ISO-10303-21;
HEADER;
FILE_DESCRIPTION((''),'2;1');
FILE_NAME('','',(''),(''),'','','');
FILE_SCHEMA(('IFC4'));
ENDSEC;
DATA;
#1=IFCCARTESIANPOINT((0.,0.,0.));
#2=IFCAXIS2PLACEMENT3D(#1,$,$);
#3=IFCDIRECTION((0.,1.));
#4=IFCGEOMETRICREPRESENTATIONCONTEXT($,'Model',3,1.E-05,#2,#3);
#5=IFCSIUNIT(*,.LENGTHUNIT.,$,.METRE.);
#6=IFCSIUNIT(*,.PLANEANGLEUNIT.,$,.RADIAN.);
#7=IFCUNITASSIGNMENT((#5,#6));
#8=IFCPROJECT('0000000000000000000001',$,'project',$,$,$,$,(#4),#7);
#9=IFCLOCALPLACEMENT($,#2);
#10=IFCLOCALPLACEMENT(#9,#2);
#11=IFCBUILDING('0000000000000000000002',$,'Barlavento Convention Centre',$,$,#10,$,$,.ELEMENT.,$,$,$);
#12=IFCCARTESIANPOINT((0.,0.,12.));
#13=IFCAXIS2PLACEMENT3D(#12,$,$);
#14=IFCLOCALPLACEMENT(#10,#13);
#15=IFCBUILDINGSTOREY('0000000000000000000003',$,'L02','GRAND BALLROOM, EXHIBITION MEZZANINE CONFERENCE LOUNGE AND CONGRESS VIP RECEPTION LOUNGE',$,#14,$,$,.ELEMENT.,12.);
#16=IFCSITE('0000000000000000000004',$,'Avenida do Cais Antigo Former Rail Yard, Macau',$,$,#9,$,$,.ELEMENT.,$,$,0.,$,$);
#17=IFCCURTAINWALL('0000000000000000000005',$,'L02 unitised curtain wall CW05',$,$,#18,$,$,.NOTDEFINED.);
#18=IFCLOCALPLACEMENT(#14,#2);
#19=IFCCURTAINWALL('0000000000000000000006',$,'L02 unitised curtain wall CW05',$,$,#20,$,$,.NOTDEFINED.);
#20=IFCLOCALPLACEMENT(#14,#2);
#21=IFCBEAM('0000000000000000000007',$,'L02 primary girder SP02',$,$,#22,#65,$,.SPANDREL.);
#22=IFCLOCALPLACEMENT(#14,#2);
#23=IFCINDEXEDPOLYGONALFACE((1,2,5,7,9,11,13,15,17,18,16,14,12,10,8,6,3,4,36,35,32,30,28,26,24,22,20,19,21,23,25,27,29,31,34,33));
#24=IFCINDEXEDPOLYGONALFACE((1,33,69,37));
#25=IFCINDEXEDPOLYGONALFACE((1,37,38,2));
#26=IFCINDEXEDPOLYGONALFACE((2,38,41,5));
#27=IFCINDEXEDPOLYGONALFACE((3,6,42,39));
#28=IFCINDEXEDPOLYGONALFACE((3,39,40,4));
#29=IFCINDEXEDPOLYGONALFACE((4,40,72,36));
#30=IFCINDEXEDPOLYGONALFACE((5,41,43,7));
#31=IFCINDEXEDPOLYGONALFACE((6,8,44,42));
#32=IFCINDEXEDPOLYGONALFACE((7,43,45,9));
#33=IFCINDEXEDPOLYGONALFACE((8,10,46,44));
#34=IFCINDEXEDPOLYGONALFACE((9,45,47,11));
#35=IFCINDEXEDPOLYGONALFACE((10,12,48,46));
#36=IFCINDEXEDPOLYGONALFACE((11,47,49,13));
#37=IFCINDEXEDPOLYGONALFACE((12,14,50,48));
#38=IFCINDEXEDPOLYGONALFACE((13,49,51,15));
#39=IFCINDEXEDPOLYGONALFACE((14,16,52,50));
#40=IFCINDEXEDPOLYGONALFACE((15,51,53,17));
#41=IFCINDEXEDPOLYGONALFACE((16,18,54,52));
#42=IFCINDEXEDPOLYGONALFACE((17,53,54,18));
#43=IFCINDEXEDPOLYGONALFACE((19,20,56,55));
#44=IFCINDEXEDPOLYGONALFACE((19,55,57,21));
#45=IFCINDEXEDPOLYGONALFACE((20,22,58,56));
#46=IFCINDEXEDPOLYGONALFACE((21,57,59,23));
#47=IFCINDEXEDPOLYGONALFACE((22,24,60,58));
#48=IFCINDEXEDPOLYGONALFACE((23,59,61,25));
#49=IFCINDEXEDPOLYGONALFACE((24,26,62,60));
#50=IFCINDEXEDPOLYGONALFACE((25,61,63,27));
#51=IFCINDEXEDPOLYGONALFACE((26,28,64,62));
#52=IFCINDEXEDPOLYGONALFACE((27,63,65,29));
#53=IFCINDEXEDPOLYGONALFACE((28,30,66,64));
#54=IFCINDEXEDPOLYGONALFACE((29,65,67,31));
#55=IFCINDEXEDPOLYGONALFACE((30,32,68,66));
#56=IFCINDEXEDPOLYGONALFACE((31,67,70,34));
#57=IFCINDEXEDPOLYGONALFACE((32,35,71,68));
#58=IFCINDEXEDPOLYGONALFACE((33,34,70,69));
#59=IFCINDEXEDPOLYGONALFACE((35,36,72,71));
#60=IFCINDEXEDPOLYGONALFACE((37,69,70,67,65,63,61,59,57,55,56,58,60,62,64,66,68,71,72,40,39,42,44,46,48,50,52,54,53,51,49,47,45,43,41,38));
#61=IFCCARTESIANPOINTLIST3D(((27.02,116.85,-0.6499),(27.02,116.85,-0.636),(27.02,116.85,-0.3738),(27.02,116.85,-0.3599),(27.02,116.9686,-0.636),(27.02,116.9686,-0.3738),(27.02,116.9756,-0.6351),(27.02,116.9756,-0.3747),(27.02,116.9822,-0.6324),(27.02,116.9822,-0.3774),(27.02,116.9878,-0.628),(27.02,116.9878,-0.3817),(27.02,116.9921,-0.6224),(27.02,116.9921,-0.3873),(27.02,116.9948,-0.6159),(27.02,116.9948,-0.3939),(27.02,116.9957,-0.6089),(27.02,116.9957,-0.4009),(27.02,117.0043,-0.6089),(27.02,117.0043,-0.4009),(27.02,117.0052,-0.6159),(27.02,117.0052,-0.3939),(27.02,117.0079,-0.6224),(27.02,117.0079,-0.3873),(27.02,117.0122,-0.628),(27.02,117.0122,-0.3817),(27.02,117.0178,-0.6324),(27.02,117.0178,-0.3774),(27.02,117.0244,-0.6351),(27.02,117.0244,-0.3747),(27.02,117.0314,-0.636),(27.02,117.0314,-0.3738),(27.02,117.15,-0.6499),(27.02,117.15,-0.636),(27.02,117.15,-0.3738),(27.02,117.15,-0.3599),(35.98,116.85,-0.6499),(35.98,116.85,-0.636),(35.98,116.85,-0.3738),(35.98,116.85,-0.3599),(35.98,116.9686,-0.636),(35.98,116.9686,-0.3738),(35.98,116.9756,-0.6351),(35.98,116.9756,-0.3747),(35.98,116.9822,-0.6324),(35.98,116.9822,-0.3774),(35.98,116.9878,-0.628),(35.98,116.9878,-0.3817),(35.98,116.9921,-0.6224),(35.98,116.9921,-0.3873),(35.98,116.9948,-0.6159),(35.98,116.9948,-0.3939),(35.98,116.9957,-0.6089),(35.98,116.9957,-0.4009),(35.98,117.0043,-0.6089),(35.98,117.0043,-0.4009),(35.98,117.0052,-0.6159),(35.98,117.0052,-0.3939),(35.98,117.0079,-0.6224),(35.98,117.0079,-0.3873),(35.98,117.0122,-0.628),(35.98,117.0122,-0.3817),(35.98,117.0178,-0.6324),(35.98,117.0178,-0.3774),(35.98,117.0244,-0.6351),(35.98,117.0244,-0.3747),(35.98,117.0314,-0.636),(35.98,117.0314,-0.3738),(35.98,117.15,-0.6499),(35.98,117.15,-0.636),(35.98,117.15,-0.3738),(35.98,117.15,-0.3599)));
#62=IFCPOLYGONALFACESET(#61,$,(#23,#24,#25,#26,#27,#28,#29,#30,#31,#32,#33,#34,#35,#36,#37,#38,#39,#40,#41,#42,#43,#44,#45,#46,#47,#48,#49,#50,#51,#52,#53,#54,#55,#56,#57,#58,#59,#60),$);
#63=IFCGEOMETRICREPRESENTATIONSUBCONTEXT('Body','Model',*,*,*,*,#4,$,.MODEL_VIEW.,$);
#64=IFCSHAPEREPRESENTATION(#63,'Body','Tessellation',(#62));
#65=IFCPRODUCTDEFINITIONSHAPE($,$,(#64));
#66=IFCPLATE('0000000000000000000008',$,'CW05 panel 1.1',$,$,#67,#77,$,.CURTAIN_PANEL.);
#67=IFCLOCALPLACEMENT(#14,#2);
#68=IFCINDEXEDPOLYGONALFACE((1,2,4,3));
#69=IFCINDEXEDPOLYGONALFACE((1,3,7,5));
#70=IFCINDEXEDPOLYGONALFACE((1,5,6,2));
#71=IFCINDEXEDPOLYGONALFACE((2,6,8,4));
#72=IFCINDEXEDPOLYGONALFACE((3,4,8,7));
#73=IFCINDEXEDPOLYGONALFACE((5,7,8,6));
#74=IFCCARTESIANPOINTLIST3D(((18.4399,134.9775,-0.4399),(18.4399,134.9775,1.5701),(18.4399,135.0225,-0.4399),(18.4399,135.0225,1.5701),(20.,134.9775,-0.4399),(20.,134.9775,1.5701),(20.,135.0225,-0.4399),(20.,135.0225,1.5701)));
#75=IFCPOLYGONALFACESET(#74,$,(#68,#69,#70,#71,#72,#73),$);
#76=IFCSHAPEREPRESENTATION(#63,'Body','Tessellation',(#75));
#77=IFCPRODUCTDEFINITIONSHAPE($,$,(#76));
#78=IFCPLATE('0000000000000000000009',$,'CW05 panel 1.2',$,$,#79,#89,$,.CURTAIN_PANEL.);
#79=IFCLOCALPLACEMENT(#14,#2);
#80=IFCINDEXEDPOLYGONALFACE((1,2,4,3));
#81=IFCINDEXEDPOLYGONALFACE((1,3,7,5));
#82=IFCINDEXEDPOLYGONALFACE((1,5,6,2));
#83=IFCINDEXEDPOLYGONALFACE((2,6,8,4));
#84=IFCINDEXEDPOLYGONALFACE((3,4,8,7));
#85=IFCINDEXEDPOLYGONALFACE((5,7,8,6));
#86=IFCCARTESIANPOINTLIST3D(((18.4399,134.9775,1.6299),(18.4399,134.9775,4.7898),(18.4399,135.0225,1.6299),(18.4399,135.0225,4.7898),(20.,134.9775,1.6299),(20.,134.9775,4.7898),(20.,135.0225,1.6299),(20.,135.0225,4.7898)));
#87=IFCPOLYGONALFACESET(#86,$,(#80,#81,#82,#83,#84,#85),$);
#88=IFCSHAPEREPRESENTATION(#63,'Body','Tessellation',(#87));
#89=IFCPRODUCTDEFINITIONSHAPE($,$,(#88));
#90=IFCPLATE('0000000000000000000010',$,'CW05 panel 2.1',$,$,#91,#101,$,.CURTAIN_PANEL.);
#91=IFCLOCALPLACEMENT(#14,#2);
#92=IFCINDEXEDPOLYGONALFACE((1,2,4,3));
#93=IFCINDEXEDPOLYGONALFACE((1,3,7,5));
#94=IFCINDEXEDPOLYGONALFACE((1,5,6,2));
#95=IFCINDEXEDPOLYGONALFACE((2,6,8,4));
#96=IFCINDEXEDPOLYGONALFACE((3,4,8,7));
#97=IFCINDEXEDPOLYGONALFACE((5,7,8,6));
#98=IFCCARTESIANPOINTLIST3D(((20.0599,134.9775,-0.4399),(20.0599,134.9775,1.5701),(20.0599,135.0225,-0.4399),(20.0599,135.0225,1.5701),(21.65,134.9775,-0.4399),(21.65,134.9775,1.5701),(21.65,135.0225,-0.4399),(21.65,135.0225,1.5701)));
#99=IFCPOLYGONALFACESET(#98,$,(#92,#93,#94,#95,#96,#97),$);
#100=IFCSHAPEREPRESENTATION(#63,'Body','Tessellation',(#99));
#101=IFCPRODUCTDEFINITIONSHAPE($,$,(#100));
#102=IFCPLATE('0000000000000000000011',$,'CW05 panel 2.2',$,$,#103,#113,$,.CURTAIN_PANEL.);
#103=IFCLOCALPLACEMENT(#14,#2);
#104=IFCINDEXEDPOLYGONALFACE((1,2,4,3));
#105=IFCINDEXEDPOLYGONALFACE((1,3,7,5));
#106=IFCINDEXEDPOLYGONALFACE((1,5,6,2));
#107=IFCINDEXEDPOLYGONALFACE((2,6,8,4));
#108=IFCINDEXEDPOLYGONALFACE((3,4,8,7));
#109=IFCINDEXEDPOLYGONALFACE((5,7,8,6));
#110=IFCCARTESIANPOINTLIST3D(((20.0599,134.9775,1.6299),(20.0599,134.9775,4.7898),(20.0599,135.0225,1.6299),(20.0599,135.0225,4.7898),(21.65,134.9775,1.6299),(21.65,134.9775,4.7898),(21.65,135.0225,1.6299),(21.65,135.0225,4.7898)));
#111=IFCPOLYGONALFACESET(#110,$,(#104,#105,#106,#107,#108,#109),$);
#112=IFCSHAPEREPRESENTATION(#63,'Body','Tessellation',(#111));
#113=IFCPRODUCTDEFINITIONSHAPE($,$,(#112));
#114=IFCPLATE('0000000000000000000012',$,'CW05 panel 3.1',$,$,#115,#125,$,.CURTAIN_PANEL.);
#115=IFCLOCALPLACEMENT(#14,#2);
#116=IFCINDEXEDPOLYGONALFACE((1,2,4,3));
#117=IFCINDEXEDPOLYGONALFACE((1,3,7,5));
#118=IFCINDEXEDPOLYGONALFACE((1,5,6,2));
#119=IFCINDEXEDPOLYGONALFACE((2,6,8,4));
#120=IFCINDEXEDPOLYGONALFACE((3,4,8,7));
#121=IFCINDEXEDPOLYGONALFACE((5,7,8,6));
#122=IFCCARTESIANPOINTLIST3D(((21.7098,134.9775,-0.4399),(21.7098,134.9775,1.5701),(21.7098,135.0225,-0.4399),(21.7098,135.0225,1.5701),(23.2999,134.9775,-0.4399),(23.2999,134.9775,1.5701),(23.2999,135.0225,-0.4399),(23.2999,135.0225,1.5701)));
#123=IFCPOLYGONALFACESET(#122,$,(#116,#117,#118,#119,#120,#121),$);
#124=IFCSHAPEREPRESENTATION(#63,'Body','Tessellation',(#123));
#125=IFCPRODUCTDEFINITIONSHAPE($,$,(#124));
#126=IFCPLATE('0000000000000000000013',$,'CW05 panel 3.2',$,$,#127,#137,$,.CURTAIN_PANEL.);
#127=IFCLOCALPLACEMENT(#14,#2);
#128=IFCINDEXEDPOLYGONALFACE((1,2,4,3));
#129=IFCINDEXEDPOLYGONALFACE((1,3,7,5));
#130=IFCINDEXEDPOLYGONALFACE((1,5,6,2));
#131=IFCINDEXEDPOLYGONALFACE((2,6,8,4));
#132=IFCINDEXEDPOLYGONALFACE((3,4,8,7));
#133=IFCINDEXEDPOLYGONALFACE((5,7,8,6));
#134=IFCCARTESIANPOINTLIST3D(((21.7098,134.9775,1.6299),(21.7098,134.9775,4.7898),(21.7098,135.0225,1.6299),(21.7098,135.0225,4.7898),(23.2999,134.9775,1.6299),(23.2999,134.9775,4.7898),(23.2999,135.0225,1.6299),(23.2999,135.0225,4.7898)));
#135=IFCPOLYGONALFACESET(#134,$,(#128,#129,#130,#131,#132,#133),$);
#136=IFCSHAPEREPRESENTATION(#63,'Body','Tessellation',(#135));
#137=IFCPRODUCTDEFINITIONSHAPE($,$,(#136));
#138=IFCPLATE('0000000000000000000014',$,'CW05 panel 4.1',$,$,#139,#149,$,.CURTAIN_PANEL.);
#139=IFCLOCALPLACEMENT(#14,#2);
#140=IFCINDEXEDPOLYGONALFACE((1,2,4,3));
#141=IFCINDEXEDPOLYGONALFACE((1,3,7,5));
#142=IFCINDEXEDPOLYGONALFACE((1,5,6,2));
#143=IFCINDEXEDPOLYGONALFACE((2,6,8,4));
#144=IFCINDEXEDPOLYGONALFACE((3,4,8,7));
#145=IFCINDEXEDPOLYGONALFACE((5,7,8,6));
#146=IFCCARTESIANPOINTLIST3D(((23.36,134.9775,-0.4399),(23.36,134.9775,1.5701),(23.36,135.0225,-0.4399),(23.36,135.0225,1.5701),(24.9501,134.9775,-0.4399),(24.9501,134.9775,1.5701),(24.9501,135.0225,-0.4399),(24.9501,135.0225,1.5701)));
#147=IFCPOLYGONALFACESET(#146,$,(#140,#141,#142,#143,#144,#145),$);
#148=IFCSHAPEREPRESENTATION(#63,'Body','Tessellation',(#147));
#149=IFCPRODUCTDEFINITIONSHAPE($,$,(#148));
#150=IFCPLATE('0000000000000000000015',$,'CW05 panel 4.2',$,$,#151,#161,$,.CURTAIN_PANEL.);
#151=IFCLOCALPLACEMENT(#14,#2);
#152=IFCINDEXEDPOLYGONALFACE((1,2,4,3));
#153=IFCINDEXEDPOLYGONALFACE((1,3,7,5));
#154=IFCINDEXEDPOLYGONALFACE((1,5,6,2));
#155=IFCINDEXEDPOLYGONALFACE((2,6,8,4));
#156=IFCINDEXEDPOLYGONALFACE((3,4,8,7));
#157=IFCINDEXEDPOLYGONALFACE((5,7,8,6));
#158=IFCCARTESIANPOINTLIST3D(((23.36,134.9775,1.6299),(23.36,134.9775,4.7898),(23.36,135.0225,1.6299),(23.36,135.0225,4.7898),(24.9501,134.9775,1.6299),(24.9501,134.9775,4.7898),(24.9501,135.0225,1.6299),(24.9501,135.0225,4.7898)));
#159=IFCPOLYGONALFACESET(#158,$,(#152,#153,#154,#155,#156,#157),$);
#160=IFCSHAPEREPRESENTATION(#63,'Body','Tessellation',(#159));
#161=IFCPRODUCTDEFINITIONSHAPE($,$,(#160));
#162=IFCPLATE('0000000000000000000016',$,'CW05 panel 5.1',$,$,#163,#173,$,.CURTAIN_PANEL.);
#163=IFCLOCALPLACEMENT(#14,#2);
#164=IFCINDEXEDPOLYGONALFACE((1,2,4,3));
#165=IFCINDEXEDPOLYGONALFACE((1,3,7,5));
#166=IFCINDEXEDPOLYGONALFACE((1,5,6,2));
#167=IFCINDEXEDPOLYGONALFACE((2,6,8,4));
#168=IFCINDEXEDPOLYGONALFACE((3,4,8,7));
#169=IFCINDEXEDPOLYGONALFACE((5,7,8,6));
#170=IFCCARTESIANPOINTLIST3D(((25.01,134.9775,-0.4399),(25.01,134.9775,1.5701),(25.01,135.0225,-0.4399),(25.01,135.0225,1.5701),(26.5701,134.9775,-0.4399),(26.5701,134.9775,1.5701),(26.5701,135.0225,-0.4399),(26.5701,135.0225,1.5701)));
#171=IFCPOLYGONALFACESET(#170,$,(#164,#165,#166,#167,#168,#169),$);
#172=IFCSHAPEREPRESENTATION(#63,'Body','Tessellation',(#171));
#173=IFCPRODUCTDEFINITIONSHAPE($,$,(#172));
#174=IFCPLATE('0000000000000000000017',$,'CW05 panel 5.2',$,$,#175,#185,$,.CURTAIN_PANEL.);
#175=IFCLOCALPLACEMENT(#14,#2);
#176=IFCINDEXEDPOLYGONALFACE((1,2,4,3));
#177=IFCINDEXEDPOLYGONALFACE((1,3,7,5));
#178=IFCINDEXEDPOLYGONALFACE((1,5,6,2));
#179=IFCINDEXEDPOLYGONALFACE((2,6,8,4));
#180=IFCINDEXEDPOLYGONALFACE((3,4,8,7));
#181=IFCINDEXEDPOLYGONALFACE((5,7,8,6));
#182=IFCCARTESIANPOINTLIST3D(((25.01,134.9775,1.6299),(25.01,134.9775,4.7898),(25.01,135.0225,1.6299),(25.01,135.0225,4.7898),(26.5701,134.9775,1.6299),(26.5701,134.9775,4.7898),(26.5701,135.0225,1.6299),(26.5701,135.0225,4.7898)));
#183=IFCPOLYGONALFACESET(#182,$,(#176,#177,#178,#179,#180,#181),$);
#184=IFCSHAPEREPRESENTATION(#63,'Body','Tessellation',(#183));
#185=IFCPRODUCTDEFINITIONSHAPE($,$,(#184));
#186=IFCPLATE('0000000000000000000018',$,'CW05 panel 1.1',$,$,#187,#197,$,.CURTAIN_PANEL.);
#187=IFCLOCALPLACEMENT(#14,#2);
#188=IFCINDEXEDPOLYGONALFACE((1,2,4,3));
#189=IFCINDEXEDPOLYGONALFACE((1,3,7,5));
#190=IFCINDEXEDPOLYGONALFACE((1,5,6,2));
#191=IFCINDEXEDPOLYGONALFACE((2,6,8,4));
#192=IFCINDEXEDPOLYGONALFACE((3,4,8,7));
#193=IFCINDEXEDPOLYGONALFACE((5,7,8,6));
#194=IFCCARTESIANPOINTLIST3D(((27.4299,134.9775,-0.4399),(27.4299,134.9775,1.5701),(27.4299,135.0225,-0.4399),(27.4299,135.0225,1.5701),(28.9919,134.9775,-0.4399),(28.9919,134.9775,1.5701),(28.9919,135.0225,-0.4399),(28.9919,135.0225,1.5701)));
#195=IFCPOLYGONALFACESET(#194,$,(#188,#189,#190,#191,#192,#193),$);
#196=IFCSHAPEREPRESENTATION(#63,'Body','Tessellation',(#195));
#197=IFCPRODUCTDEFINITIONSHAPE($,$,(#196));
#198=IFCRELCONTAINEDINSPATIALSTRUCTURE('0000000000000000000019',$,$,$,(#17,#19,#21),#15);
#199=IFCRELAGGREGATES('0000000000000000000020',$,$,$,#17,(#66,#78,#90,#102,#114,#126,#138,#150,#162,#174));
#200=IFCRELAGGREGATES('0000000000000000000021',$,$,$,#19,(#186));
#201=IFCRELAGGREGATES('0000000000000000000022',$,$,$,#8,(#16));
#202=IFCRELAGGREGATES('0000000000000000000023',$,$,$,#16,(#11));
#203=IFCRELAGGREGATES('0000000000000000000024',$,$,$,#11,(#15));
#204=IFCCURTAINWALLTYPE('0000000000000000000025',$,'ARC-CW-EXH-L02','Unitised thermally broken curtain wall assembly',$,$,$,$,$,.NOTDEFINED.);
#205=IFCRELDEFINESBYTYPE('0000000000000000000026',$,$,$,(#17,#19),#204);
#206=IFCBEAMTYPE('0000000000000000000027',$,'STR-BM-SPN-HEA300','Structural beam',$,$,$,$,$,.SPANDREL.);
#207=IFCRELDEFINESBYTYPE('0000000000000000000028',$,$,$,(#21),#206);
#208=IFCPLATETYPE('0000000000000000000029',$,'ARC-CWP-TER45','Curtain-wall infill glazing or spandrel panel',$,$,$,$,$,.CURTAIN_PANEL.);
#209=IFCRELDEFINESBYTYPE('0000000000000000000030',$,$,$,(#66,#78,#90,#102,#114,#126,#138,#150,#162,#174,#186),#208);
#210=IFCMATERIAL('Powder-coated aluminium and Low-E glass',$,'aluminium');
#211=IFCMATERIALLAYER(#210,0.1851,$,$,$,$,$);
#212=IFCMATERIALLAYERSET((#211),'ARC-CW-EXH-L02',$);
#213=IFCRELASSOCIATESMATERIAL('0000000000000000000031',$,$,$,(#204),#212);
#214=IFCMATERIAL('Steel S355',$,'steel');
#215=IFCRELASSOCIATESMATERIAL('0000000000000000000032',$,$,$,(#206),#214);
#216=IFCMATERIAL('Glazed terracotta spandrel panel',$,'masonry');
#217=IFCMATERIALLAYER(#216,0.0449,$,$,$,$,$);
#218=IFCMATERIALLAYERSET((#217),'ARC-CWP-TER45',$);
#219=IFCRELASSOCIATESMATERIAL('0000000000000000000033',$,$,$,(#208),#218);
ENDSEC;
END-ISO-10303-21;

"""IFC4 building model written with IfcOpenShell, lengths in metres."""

from ifc_helpers import new_model, si_unit, direction, frame, origin, origin_2d, place, context, subcontext, project, spatial, rectangle, i_section, extrude, material, layer, layer_set, material_profile, profile_set, type_object, element, aggregate, save


model = new_model("IFC4")

# Units and contexts
model_context = context("Model", 3, precision=1e-05, world=origin(), true_north=direction((0.0, 1.0)))
body_context = subcontext(model_context, "Body", "Model", "MODEL_VIEW")
ifc_project = project(units=[si_unit("LENGTHUNIT", "METRE"), si_unit("PLANEANGLEUNIT", "RADIAN")], contexts=[model_context])

# Site, building, storey
site_placement = place(None, origin())
site = spatial("IfcSite", under=ifc_project, at=site_placement, Name="Avenida do Cais Antigo Former Rail Yard, Macau", CompositionType="ELEMENT", RefElevation=0.0)
building_placement = place(site_placement, origin())
building = spatial("IfcBuilding", under=site, at=building_placement, Name="Barlavento Convention Centre", CompositionType="ELEMENT")
storey_placement = place(building_placement, frame((0.0, 0.0, 12.0)))
storey = spatial("IfcBuildingStorey", under=building, at=storey_placement, Name="L02", Description="GRAND BALLROOM, EXHIBITION MEZZANINE CONFERENCE LOUNGE AND CONGRESS VIP RECEPTION LOUNGE", CompositionType="ELEMENT", Elevation=12.0)

# Shared definitions
ifc_material_1 = material(Name="Steel S355", Category="steel")

# Curtain walls
ifc_material_2 = material(Name="Powder-coated aluminium and Low-E glass", Category="aluminium")
ifc_layer_1 = layer(ifc_material_2, 0.1851)
ifc_layer_set_1 = layer_set([ifc_layer_1], Name="ARC-CW-EXH-L02")
curtain_wall_type = type_object("IfcCurtainWallType", Name="ARC-CW-EXH-L02", Description="Unitised thermally broken curtain wall assembly", PredefinedType="NOTDEFINED", material=ifc_layer_set_1)
curtain_wall_1_placement = place(storey_placement, origin())
curtain_wall_1 = element("IfcCurtainWall", 1, at=curtain_wall_1_placement, inside=storey, type_object=curtain_wall_type, Name="L02 unitised curtain wall CW05", PredefinedType="NOTDEFINED")
curtain_wall_2_placement = place(storey_placement, origin())
curtain_wall_2 = element("IfcCurtainWall", 2, at=curtain_wall_2_placement, inside=storey, type_object=curtain_wall_type, Name="L02 unitised curtain wall CW05", PredefinedType="NOTDEFINED")

# Beam
ifc_material_profile_1 = material_profile(ifc_material_1, i_section(OverallWidth=0.3, OverallDepth=0.29, WebThickness=0.0085, FlangeThickness=0.0139, FilletRadius=0.0271, at=origin_2d()), Name="HEA 300")
ifc_profile_set_1 = profile_set([ifc_material_profile_1], Name="Steel S355")
beam_type_1 = type_object("IfcBeamType", Name="STR-BM-SPN-HEA300", Description="Structural beam", PredefinedType="SPANDREL", material=ifc_profile_set_1)
beam_1_placement = place(storey_placement, frame((27.02, 117.0, -0.5049), z_axis=(1.0, 0.0, 0.0), x_axis=(0.0, 1.0, 0.0)))
element("IfcBeam", 3, at=beam_1_placement, inside=storey, type_object=beam_type_1, Name="L02 primary girder SP02", PredefinedType="SPANDREL", context=body_context, shape_type="SweptSolid", body=[
    extrude(i_section(OverallWidth=0.3, OverallDepth=0.29, WebThickness=0.0085, FlangeThickness=0.0139, FilletRadius=0.0271, at=origin_2d()), origin(), (0.0, 0.0, 1.0), 8.96),
])

# Plates
ifc_material_3 = material(Name="Glazed terracotta spandrel panel", Category="masonry")
ifc_layer_2 = layer(ifc_material_3, 0.0449)
ifc_layer_set_2 = layer_set([ifc_layer_2], Name="ARC-CWP-TER45")
plate_type = type_object("IfcPlateType", Name="ARC-CWP-TER45", Description="Curtain-wall infill glazing or spandrel panel", PredefinedType="CURTAIN_PANEL", material=ifc_layer_set_2)
plate_1_placement = place(storey_placement, frame((19.22, 135.0, -0.4399), z_axis=(0.0, 0.0, 1.0), x_axis=(1.0, 0.0, 0.0)))
plate_1 = element("IfcPlate", 4, at=plate_1_placement, type_object=plate_type, Name="CW05 panel 1.1", PredefinedType="CURTAIN_PANEL", context=body_context, shape_type="SweptSolid", body=[
    extrude(rectangle(XDim=1.5601, YDim=0.0449, at=origin_2d()), origin(), (0.0, 0.0, 1.0), 2.01),
])
plate_2_placement = place(storey_placement, frame((19.22, 135.0, 1.6299), z_axis=(0.0, 0.0, 1.0), x_axis=(1.0, 0.0, 0.0)))
plate_2 = element("IfcPlate", 5, at=plate_2_placement, type_object=plate_type, Name="CW05 panel 1.2", PredefinedType="CURTAIN_PANEL", context=body_context, shape_type="SweptSolid", body=[
    extrude(rectangle(XDim=1.5601, YDim=0.0449, at=origin_2d()), origin(), (0.0, 0.0, 1.0), 3.1599),
])
plate_3_placement = place(storey_placement, frame((20.855, 135.0, -0.4399), z_axis=(0.0, 0.0, 1.0), x_axis=(1.0, 0.0, 0.0)))
plate_3 = element("IfcPlate", 6, at=plate_3_placement, type_object=plate_type, Name="CW05 panel 2.1", PredefinedType="CURTAIN_PANEL", context=body_context, shape_type="SweptSolid", body=[
    extrude(rectangle(XDim=1.5901, YDim=0.0449, at=origin_2d()), origin(), (0.0, 0.0, 1.0), 2.01),
])
plate_4_placement = place(storey_placement, frame((20.855, 135.0, 1.6299), z_axis=(0.0, 0.0, 1.0), x_axis=(1.0, 0.0, 0.0)))
plate_4 = element("IfcPlate", 7, at=plate_4_placement, type_object=plate_type, Name="CW05 panel 2.2", PredefinedType="CURTAIN_PANEL", context=body_context, shape_type="SweptSolid", body=[
    extrude(rectangle(XDim=1.5901, YDim=0.0449, at=origin_2d()), origin(), (0.0, 0.0, 1.0), 3.1599),
])
plate_5_placement = place(storey_placement, frame((22.5049, 135.0, -0.4399), z_axis=(0.0, 0.0, 1.0), x_axis=(1.0, 0.0, 0.0)))
plate_5 = element("IfcPlate", 8, at=plate_5_placement, type_object=plate_type, Name="CW05 panel 3.1", PredefinedType="CURTAIN_PANEL", context=body_context, shape_type="SweptSolid", body=[
    extrude(rectangle(XDim=1.5901, YDim=0.0449, at=origin_2d()), origin(), (0.0, 0.0, 1.0), 2.01),
])
plate_6_placement = place(storey_placement, frame((22.5049, 135.0, 1.6299), z_axis=(0.0, 0.0, 1.0), x_axis=(1.0, 0.0, 0.0)))
plate_6 = element("IfcPlate", 9, at=plate_6_placement, type_object=plate_type, Name="CW05 panel 3.2", PredefinedType="CURTAIN_PANEL", context=body_context, shape_type="SweptSolid", body=[
    extrude(rectangle(XDim=1.5901, YDim=0.0449, at=origin_2d()), origin(), (0.0, 0.0, 1.0), 3.1599),
])
plate_7_placement = place(storey_placement, frame((24.155, 135.0, -0.4399), z_axis=(0.0, 0.0, 1.0), x_axis=(1.0, 0.0, 0.0)))
plate_7 = element("IfcPlate", 10, at=plate_7_placement, type_object=plate_type, Name="CW05 panel 4.1", PredefinedType="CURTAIN_PANEL", context=body_context, shape_type="SweptSolid", body=[
    extrude(rectangle(XDim=1.5901, YDim=0.0449, at=origin_2d()), origin(), (0.0, 0.0, 1.0), 2.01),
])
plate_8_placement = place(storey_placement, frame((24.155, 135.0, 1.6299), z_axis=(0.0, 0.0, 1.0), x_axis=(1.0, 0.0, 0.0)))
plate_8 = element("IfcPlate", 11, at=plate_8_placement, type_object=plate_type, Name="CW05 panel 4.2", PredefinedType="CURTAIN_PANEL", context=body_context, shape_type="SweptSolid", body=[
    extrude(rectangle(XDim=1.5901, YDim=0.0449, at=origin_2d()), origin(), (0.0, 0.0, 1.0), 3.1599),
])
plate_9_placement = place(storey_placement, frame((25.79, 135.0, -0.4399), z_axis=(0.0, 0.0, 1.0), x_axis=(1.0, 0.0, 0.0)))
plate_9 = element("IfcPlate", 12, at=plate_9_placement, type_object=plate_type, Name="CW05 panel 5.1", PredefinedType="CURTAIN_PANEL", context=body_context, shape_type="SweptSolid", body=[
    extrude(rectangle(XDim=1.5601, YDim=0.0449, at=origin_2d()), origin(), (0.0, 0.0, 1.0), 2.01),
])
plate_10_placement = place(storey_placement, frame((25.79, 135.0, 1.6299), z_axis=(0.0, 0.0, 1.0), x_axis=(1.0, 0.0, 0.0)))
plate_10 = element("IfcPlate", 13, at=plate_10_placement, type_object=plate_type, Name="CW05 panel 5.2", PredefinedType="CURTAIN_PANEL", context=body_context, shape_type="SweptSolid", body=[
    extrude(rectangle(XDim=1.5601, YDim=0.0449, at=origin_2d()), origin(), (0.0, 0.0, 1.0), 3.1599),
])
aggregate(curtain_wall_1, [plate_1, plate_2, plate_3, plate_4, plate_5, plate_6, plate_7, plate_8, plate_9, plate_10])
plate_11_placement = place(storey_placement, frame((28.2109, 135.0, -0.4399), z_axis=(0.0, 0.0, 1.0), x_axis=(1.0, 0.0, 0.0)))
plate_11 = element("IfcPlate", 14, at=plate_11_placement, type_object=plate_type, Name="CW05 panel 1.1", PredefinedType="CURTAIN_PANEL", context=body_context, shape_type="SweptSolid", body=[
    extrude(rectangle(XDim=1.562, YDim=0.0449, at=origin_2d()), origin(), (0.0, 0.0, 1.0), 2.01),
])
aggregate(curtain_wall_2, [plate_11])

save(model, "model.ifc")
